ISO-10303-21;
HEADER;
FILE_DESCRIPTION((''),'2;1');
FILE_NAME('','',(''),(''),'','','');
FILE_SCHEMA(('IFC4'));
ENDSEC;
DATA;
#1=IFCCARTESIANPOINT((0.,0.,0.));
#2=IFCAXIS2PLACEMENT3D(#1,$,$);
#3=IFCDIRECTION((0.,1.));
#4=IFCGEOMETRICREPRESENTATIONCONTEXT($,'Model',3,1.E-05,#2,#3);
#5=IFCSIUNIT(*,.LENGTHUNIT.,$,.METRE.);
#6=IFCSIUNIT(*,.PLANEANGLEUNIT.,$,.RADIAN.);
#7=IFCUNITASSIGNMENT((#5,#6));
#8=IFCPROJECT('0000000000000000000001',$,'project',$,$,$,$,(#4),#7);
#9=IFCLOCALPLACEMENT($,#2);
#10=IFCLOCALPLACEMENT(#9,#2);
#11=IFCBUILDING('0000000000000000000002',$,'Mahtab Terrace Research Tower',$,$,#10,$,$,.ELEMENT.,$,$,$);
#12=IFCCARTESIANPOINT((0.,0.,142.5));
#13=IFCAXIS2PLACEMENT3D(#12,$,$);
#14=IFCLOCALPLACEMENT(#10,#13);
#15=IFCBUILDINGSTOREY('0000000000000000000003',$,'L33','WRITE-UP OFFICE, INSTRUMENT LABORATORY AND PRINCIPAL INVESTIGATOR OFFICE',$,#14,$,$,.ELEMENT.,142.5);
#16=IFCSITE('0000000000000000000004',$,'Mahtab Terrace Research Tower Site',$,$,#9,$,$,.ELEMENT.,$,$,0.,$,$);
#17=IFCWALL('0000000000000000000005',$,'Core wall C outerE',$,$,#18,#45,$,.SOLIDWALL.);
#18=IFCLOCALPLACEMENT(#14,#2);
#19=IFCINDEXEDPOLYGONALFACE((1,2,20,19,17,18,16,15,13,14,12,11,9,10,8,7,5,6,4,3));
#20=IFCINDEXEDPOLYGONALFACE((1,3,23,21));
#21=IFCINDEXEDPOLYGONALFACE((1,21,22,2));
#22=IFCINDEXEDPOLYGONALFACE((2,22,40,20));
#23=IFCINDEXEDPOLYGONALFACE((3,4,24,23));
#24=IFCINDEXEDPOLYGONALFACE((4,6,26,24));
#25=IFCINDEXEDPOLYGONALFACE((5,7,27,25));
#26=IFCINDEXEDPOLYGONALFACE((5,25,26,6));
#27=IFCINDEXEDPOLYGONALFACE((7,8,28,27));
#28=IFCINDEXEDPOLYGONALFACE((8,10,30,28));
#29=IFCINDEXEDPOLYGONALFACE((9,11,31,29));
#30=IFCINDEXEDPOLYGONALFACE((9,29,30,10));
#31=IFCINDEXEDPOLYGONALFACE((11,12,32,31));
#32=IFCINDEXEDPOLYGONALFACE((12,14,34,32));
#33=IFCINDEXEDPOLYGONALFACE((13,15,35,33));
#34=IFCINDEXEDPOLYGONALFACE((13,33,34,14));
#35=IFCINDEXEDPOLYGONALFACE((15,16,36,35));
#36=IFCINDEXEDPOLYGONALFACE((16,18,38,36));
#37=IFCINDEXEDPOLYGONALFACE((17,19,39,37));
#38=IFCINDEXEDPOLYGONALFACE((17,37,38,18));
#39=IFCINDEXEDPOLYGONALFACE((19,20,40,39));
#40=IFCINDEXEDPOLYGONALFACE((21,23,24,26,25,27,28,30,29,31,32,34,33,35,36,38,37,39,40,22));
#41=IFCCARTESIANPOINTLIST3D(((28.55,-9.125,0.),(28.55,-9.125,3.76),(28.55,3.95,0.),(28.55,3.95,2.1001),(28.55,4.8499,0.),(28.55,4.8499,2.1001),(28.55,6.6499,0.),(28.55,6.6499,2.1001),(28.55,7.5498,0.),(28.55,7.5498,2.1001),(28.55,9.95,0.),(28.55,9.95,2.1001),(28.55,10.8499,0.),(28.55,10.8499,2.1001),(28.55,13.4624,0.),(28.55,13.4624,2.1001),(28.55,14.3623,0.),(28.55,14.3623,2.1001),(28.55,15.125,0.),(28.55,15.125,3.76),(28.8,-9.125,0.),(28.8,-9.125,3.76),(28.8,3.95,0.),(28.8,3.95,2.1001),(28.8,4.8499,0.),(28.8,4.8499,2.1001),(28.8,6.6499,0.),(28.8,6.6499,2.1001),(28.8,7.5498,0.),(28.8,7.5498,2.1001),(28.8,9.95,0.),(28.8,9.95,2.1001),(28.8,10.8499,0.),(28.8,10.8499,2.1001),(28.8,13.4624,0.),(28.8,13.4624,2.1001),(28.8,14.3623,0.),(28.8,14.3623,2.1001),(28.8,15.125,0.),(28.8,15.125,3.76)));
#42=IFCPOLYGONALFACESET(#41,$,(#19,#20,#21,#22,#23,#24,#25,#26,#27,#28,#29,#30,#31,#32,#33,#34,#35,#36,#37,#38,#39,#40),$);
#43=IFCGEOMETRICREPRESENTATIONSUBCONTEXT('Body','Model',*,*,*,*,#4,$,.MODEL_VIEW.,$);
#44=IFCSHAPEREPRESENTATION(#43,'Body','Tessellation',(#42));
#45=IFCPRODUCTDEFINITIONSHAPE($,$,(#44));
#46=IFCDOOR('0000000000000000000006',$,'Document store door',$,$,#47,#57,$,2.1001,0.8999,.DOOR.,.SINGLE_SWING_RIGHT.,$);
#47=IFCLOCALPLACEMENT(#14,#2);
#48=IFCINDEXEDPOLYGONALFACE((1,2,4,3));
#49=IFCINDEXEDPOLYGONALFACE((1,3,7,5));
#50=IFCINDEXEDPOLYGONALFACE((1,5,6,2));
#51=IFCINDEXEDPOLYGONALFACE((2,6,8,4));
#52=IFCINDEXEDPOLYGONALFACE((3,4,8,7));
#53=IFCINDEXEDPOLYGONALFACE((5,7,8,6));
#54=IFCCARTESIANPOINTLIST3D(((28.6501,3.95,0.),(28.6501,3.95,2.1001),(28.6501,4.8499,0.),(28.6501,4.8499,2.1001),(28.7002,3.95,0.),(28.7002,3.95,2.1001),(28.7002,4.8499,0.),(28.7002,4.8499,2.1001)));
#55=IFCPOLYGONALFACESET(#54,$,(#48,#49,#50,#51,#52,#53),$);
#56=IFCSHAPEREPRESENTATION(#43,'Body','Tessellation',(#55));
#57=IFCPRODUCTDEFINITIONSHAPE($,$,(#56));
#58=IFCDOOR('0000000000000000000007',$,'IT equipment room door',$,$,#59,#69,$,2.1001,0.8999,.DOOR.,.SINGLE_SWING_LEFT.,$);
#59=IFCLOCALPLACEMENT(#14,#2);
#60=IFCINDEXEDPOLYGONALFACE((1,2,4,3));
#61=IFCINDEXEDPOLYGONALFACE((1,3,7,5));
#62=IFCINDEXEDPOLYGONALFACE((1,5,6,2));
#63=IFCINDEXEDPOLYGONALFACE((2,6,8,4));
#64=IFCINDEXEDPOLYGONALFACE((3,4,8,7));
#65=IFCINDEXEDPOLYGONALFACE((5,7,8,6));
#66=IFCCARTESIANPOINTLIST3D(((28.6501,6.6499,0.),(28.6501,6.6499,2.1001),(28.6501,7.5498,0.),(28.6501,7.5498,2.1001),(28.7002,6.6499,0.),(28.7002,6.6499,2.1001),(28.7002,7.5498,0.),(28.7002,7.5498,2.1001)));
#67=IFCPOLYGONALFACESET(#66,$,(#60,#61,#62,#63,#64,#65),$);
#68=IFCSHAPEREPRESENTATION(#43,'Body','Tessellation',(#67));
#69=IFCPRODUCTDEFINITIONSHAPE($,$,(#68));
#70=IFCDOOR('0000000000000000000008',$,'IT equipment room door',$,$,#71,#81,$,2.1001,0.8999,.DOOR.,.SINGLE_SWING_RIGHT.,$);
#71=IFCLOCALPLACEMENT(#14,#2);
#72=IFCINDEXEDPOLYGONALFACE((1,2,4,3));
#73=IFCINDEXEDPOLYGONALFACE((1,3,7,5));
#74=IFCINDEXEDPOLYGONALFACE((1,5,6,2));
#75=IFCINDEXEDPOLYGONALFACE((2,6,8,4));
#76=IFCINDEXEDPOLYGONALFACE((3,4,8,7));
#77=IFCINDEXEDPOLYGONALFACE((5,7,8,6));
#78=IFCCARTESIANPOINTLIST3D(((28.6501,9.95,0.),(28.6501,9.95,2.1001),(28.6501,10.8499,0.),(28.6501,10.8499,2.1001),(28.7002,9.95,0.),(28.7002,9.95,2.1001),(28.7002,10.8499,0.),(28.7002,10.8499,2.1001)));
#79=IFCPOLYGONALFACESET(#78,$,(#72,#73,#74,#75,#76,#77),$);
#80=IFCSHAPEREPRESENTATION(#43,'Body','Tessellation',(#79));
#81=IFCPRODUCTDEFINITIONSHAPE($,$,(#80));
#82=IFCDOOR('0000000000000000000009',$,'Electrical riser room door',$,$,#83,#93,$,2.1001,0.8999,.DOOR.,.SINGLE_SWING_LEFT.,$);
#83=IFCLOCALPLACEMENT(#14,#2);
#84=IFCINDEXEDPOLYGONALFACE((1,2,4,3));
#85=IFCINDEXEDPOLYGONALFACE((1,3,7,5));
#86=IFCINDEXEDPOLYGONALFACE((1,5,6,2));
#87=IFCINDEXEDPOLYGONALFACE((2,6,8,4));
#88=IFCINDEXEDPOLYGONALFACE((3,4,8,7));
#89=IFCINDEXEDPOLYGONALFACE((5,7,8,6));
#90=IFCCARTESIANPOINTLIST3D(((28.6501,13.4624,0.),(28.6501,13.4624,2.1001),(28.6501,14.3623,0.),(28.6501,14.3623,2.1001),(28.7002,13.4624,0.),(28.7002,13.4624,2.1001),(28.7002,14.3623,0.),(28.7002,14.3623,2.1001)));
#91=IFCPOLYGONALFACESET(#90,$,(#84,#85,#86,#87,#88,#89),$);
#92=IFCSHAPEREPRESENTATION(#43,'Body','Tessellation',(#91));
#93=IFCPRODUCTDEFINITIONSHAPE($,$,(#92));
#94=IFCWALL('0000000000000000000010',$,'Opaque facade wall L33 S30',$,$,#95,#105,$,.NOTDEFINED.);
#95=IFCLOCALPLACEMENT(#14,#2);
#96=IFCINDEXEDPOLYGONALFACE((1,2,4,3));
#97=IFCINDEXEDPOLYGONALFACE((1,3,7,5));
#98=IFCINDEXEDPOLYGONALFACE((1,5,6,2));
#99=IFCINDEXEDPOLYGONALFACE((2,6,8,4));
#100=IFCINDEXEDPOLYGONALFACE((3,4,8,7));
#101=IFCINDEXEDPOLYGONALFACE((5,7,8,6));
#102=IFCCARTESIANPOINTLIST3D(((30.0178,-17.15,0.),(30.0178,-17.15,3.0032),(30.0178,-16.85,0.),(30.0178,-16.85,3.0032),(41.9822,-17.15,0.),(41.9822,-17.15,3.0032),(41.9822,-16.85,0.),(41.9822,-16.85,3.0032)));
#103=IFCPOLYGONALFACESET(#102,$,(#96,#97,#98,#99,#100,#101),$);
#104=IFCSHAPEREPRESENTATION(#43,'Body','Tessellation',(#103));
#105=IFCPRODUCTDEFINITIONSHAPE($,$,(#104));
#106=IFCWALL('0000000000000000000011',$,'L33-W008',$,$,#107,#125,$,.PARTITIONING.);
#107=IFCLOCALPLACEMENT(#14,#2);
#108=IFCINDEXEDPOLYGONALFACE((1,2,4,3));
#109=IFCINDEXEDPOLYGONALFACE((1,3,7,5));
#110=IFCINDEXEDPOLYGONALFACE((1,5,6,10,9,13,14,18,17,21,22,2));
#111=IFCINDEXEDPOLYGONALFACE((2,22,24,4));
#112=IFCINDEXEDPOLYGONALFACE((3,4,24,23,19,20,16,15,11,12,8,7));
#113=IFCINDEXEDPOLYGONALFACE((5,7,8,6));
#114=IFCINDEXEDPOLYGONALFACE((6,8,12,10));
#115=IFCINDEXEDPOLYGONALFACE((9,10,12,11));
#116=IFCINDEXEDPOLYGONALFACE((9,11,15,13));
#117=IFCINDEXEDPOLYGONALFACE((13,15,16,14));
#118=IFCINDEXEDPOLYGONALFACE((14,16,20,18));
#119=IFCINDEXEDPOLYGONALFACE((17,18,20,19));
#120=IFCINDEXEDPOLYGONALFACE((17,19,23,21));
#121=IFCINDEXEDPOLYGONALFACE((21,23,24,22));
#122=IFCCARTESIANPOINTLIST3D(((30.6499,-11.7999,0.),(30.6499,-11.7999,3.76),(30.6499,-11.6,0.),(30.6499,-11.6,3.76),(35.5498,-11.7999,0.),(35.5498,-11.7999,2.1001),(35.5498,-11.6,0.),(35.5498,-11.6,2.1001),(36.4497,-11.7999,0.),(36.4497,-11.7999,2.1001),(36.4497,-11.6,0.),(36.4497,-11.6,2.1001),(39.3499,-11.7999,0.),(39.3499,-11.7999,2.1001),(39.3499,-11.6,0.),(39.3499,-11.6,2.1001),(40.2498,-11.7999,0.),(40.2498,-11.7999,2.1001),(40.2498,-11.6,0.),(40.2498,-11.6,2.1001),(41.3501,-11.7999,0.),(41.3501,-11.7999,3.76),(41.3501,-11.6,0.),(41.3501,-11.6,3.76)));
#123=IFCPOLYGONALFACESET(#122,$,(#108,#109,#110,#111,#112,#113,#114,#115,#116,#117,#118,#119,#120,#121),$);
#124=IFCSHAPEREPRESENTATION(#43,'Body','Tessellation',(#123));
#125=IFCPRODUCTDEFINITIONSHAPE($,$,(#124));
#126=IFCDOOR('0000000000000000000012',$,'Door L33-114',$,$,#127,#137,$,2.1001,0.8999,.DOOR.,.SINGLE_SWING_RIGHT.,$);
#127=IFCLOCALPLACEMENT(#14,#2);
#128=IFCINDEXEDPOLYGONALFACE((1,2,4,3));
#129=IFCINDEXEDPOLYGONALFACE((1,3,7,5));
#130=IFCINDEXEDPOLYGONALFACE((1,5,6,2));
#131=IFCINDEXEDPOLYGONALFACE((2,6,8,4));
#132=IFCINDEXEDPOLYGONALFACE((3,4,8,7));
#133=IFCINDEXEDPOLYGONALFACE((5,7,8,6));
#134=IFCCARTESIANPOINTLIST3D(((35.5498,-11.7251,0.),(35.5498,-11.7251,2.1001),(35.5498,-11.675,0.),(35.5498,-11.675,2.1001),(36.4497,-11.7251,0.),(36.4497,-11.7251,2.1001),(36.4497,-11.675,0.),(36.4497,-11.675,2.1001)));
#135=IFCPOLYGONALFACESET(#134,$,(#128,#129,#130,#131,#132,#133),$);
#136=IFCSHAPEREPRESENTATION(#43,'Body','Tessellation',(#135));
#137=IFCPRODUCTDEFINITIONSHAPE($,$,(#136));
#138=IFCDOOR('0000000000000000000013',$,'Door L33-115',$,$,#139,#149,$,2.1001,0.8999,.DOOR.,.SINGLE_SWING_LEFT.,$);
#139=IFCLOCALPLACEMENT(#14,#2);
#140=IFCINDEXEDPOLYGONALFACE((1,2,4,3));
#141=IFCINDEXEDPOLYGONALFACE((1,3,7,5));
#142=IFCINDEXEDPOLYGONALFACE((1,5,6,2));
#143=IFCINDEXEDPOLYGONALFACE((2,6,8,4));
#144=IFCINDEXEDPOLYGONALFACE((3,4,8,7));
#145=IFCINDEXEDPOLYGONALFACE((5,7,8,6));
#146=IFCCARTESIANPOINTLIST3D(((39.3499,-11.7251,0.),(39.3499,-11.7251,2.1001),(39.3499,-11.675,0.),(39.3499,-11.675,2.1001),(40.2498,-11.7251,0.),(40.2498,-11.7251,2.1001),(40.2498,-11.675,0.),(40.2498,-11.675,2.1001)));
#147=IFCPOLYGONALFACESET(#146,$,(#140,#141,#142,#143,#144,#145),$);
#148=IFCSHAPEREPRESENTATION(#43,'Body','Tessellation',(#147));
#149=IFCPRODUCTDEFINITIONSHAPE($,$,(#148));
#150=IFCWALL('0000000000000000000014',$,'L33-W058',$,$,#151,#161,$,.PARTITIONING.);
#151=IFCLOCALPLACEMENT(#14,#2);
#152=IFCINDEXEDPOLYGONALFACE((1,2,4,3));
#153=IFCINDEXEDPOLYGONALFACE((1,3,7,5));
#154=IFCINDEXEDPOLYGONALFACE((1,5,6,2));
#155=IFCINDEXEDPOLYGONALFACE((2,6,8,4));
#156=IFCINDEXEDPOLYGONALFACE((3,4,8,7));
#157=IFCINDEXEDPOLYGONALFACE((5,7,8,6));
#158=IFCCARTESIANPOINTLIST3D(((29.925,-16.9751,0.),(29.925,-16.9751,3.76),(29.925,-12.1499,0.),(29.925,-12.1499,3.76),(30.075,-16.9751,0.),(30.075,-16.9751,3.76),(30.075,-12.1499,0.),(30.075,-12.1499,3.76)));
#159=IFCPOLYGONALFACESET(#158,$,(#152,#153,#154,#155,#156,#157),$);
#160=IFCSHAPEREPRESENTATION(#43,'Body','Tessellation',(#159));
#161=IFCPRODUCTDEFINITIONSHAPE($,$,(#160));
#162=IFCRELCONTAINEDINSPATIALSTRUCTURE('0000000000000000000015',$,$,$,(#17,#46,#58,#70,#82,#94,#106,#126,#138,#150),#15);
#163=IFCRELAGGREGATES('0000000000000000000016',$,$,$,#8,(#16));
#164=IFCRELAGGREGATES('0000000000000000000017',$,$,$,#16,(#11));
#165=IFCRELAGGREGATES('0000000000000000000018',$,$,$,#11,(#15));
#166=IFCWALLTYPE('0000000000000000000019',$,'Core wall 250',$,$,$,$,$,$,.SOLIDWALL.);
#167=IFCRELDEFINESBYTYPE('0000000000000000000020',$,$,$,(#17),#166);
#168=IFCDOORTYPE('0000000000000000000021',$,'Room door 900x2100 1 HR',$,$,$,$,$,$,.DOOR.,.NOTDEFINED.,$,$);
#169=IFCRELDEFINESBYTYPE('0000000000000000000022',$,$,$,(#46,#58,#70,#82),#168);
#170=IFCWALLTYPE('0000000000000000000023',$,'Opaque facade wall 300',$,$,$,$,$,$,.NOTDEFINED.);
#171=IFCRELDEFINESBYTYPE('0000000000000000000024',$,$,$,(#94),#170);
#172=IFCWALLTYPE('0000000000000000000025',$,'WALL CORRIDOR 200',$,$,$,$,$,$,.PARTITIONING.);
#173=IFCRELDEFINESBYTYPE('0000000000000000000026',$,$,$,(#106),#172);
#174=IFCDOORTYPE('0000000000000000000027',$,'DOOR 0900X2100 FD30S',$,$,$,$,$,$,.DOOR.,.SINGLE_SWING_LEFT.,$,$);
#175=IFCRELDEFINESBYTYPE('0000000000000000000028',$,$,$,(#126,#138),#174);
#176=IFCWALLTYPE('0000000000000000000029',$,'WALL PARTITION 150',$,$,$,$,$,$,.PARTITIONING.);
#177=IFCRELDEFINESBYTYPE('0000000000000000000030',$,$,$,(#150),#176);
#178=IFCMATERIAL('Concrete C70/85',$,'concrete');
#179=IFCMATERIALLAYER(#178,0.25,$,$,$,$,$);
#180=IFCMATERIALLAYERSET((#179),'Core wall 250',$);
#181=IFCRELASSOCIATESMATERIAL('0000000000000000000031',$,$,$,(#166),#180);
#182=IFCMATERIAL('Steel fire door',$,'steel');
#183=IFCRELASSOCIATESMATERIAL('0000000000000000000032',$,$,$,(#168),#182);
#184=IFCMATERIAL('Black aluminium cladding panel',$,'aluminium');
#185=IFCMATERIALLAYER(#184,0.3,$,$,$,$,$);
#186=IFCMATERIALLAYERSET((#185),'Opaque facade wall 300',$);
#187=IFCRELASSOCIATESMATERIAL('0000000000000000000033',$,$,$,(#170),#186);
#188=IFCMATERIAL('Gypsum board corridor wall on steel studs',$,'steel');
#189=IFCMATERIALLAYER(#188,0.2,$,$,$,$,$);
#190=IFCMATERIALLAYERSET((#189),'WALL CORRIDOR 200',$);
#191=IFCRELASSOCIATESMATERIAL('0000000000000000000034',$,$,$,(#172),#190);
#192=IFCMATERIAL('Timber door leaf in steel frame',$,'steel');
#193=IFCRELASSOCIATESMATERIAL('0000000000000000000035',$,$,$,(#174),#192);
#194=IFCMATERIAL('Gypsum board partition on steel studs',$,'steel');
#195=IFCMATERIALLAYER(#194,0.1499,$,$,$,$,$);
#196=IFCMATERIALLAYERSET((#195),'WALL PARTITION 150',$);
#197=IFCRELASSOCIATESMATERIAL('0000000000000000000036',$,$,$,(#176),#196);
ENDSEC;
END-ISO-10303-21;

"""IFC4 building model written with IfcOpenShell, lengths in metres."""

from ifc_helpers import new_model, si_unit, direction, frame, frame_2d, origin, place, context, subcontext, project, spatial, rectangle, extrude, material, layer, layer_set, type_object, element, fill, save


model = new_model("IFC4")

# Units and contexts
model_context = context("Model", 3, precision=1e-05, world=origin(), true_north=direction((0.0, 1.0)))
body_context = subcontext(model_context, "Body", "Model", "MODEL_VIEW")
ifc_project = project(units=[si_unit("LENGTHUNIT", "METRE"), si_unit("PLANEANGLEUNIT", "RADIAN")], contexts=[model_context])

# Site, building, storey
site_placement = place(None, origin())
site = spatial("IfcSite", under=ifc_project, at=site_placement, Name="Mahtab Terrace Research Tower Site", CompositionType="ELEMENT", RefElevation=0.0)
building_placement = place(site_placement, origin())
building = spatial("IfcBuilding", under=site, at=building_placement, Name="Mahtab Terrace Research Tower", CompositionType="ELEMENT")
storey_placement = place(building_placement, frame((0.0, 0.0, 142.5)))
storey = spatial("IfcBuildingStorey", under=building, at=storey_placement, Name="L33", Description="WRITE-UP OFFICE, INSTRUMENT LABORATORY AND PRINCIPAL INVESTIGATOR OFFICE", CompositionType="ELEMENT", Elevation=142.5)

# Shared definitions
ifc_material_1 = material(Name="Concrete C70/85", Category="concrete")

# Wall, openings, doors
ifc_layer_1 = layer(ifc_material_1, 0.25)
ifc_layer_set_1 = layer_set([ifc_layer_1], Name="Core wall 250")
wall_type_1 = type_object("IfcWallType", Name="Core wall 250", PredefinedType="SOLIDWALL", material=ifc_layer_set_1)
wall_1_placement = place(storey_placement, frame((28.675, -9.125, 0.0), z_axis=(0.0, 0.0, 1.0), x_axis=(0.0, 1.0, 0.0)))
wall_1 = element("IfcWall", 1, at=wall_1_placement, inside=storey, type_object=wall_type_1, Name="Core wall C outerE", PredefinedType="SOLIDWALL", context=body_context, shape_type="SweptSolid", body=[
    extrude(rectangle(XDim=24.25, YDim=0.25, at=frame_2d((12.125, 0.0))), origin(), (0.0, 0.0, 1.0), 3.76),
])
opening_1_placement = place(wall_1_placement, frame((13.075, 0.0, 0.0)))
opening_1 = element("IfcOpeningElement", 2, at=opening_1_placement, cuts=wall_1, PredefinedType="OPENING", context=body_context, shape_type="SweptSolid", body=[
    extrude(rectangle(XDim=0.8999, YDim=2.1001, at=frame_2d((0.45, 1.05))), frame((0.0, 0.135, 0.0), z_axis=(0.0, -1.0, 0.0), x_axis=(1.0, 0.0, 0.0)), (0.0, 0.0, 1.0), 0.27),
])
opening_2_placement = place(wall_1_placement, frame((15.7749, 0.0, 0.0)))
opening_2 = element("IfcOpeningElement", 3, at=opening_2_placement, cuts=wall_1, PredefinedType="OPENING", context=body_context, shape_type="SweptSolid", body=[
    extrude(rectangle(XDim=0.8999, YDim=2.1001, at=frame_2d((0.45, 1.05))), frame((0.0, 0.135, 0.0), z_axis=(0.0, -1.0, 0.0), x_axis=(1.0, 0.0, 0.0)), (0.0, 0.0, 1.0), 0.27),
])
opening_3_placement = place(wall_1_placement, frame((19.075, 0.0, 0.0)))
opening_3 = element("IfcOpeningElement", 4, at=opening_3_placement, cuts=wall_1, PredefinedType="OPENING", context=body_context, shape_type="SweptSolid", body=[
    extrude(rectangle(XDim=0.8999, YDim=2.1001, at=frame_2d((0.45, 1.05))), frame((0.0, 0.135, 0.0), z_axis=(0.0, -1.0, 0.0), x_axis=(1.0, 0.0, 0.0)), (0.0, 0.0, 1.0), 0.27),
])
opening_4_placement = place(wall_1_placement, frame((22.5874, 0.0, 0.0)))
opening_4 = element("IfcOpeningElement", 5, at=opening_4_placement, cuts=wall_1, PredefinedType="OPENING", context=body_context, shape_type="SweptSolid", body=[
    extrude(rectangle(XDim=0.8999, YDim=2.1001, at=frame_2d((0.45, 1.05))), frame((0.0, 0.135, 0.0), z_axis=(0.0, -1.0, 0.0), x_axis=(1.0, 0.0, 0.0)), (0.0, 0.0, 1.0), 0.27),
])
ifc_material_2 = material(Name="Steel fire door", Category="steel")
door_type_1 = type_object("IfcDoorType", Name="Room door 900x2100 1 HR", OperationType="NOTDEFINED", PredefinedType="DOOR", material=ifc_material_2)
door_1_placement = place(opening_1_placement, origin())
door_1 = element("IfcDoor", 6, at=door_1_placement, inside=storey, type_object=door_type_1, Name="Document store door", OperationType="SINGLE_SWING_RIGHT", OverallHeight=2.1001, OverallWidth=0.8999, PredefinedType="DOOR", context=body_context, shape_type="SweptSolid", body=[
    extrude(rectangle(XDim=0.8999, YDim=2.1001, at=frame_2d((0.45, 1.05))), frame((0.0, 0.0249, 0.0), z_axis=(0.0, -1.0, 0.0), x_axis=(1.0, 0.0, 0.0)), (0.0, 0.0, 1.0), 0.05),
])
fill(opening_1, door_1)
door_2_placement = place(opening_2_placement, origin())
door_2 = element("IfcDoor", 7, at=door_2_placement, inside=storey, type_object=door_type_1, Name="IT equipment room door", OperationType="SINGLE_SWING_LEFT", OverallHeight=2.1001, OverallWidth=0.8999, PredefinedType="DOOR", context=body_context, shape_type="SweptSolid", body=[
    extrude(rectangle(XDim=0.8999, YDim=2.1001, at=frame_2d((0.45, 1.05))), frame((0.0, 0.0249, 0.0), z_axis=(0.0, -1.0, 0.0), x_axis=(1.0, 0.0, 0.0)), (0.0, 0.0, 1.0), 0.05),
])
fill(opening_2, door_2)
door_3_placement = place(opening_3_placement, origin())
door_3 = element("IfcDoor", 8, at=door_3_placement, inside=storey, type_object=door_type_1, Name="IT equipment room door", OperationType="SINGLE_SWING_RIGHT", OverallHeight=2.1001, OverallWidth=0.8999, PredefinedType="DOOR", context=body_context, shape_type="SweptSolid", body=[
    extrude(rectangle(XDim=0.8999, YDim=2.1001, at=frame_2d((0.45, 1.05))), frame((0.0, 0.0249, 0.0), z_axis=(0.0, -1.0, 0.0), x_axis=(1.0, 0.0, 0.0)), (0.0, 0.0, 1.0), 0.05),
])
fill(opening_3, door_3)
door_4_placement = place(opening_4_placement, origin())
door_4 = element("IfcDoor", 9, at=door_4_placement, inside=storey, type_object=door_type_1, Name="Electrical riser room door", OperationType="SINGLE_SWING_LEFT", OverallHeight=2.1001, OverallWidth=0.8999, PredefinedType="DOOR", context=body_context, shape_type="SweptSolid", body=[
    extrude(rectangle(XDim=0.8999, YDim=2.1001, at=frame_2d((0.45, 1.05))), frame((0.0, 0.0249, 0.0), z_axis=(0.0, -1.0, 0.0), x_axis=(1.0, 0.0, 0.0)), (0.0, 0.0, 1.0), 0.05),
])
fill(opening_4, door_4)

# Wall
ifc_material_3 = material(Name="Black aluminium cladding panel", Category="aluminium")
ifc_layer_2 = layer(ifc_material_3, 0.3)
ifc_layer_set_2 = layer_set([ifc_layer_2], Name="Opaque facade wall 300")
wall_type_2 = type_object("IfcWallType", Name="Opaque facade wall 300", PredefinedType="NOTDEFINED", material=ifc_layer_set_2)
wall_2_placement = place(storey_placement, frame((30.0178, -17.0, 0.0), z_axis=(0.0, 0.0, 1.0), x_axis=(1.0, 0.0, 0.0)))
element("IfcWall", 10, at=wall_2_placement, inside=storey, type_object=wall_type_2, Name="Opaque facade wall L33 S30", PredefinedType="NOTDEFINED", context=body_context, shape_type="SweptSolid", body=[
    extrude(rectangle(XDim=11.9644, YDim=0.3, at=frame_2d((5.9822, 0.0))), origin(), (0.0, 0.0, 1.0), 3.0032),
])

# Wall, openings, doors
ifc_material_4 = material(Name="Gypsum board corridor wall on steel studs", Category="steel")
ifc_layer_3 = layer(ifc_material_4, 0.2)
ifc_layer_set_3 = layer_set([ifc_layer_3], Name="WALL CORRIDOR 200")
wall_type_3 = type_object("IfcWallType", Name="WALL CORRIDOR 200", PredefinedType="PARTITIONING", material=ifc_layer_set_3)
wall_3_placement = place(storey_placement, frame((30.6499, -11.7, 0.0), z_axis=(0.0, 0.0, 1.0), x_axis=(1.0, 0.0, 0.0)))
wall_3 = element("IfcWall", 11, at=wall_3_placement, inside=storey, type_object=wall_type_3, Name="L33-W008", PredefinedType="PARTITIONING", context=body_context, shape_type="SweptSolid", body=[
    extrude(rectangle(XDim=10.7002, YDim=0.2, at=frame_2d((5.3501, 0.0))), origin(), (0.0, 0.0, 1.0), 3.76),
])
opening_5_placement = place(wall_3_placement, frame((4.8999, 0.0, 0.0)))
opening_5 = element("IfcOpeningElement", 12, at=opening_5_placement, cuts=wall_3, PredefinedType="OPENING", context=body_context, shape_type="SweptSolid", body=[
    extrude(rectangle(XDim=0.8999, YDim=2.1001, at=frame_2d((0.45, 1.05))), frame((0.0, 0.1099, 0.0), z_axis=(0.0, -1.0, 0.0), x_axis=(1.0, 0.0, 0.0)), (0.0, 0.0, 1.0), 0.22),
])
opening_6_placement = place(wall_3_placement, frame((8.7, 0.0, 0.0)))
opening_6 = element("IfcOpeningElement", 13, at=opening_6_placement, cuts=wall_3, PredefinedType="OPENING", context=body_context, shape_type="SweptSolid", body=[
    extrude(rectangle(XDim=0.8999, YDim=2.1001, at=frame_2d((0.45, 1.05))), frame((0.0, 0.1099, 0.0), z_axis=(0.0, -1.0, 0.0), x_axis=(1.0, 0.0, 0.0)), (0.0, 0.0, 1.0), 0.22),
])
ifc_material_5 = material(Name="Timber door leaf in steel frame", Category="steel")
door_type_2 = type_object("IfcDoorType", Name="DOOR 0900X2100 FD30S", OperationType="SINGLE_SWING_LEFT", PredefinedType="DOOR", material=ifc_material_5)
door_5_placement = place(opening_5_placement, origin())
door_5 = element("IfcDoor", 14, at=door_5_placement, inside=storey, type_object=door_type_2, Name="Door L33-114", OperationType="SINGLE_SWING_RIGHT", OverallHeight=2.1001, OverallWidth=0.8999, PredefinedType="DOOR", context=body_context, shape_type="SweptSolid", body=[
    extrude(rectangle(XDim=0.8999, YDim=2.1001, at=frame_2d((0.45, 1.05))), frame((0.0, 0.0249, 0.0), z_axis=(0.0, -1.0, 0.0), x_axis=(1.0, 0.0, 0.0)), (0.0, 0.0, 1.0), 0.05),
])
fill(opening_5, door_5)
door_6_placement = place(opening_6_placement, origin())
door_6 = element("IfcDoor", 15, at=door_6_placement, inside=storey, type_object=door_type_2, Name="Door L33-115", OperationType="SINGLE_SWING_LEFT", OverallHeight=2.1001, OverallWidth=0.8999, PredefinedType="DOOR", context=body_context, shape_type="SweptSolid", body=[
    extrude(rectangle(XDim=0.8999, YDim=2.1001, at=frame_2d((0.45, 1.05))), frame((0.0, 0.0249, 0.0), z_axis=(0.0, -1.0, 0.0), x_axis=(1.0, 0.0, 0.0)), (0.0, 0.0, 1.0), 0.05),
])
fill(opening_6, door_6)

# Wall
ifc_material_6 = material(Name="Gypsum board partition on steel studs", Category="steel")
ifc_layer_4 = layer(ifc_material_6, 0.1499)
ifc_layer_set_4 = layer_set([ifc_layer_4], Name="WALL PARTITION 150")
wall_type_4 = type_object("IfcWallType", Name="WALL PARTITION 150", PredefinedType="PARTITIONING", material=ifc_layer_set_4)
wall_4_placement = place(storey_placement, frame((30.0, -16.9751, 0.0), z_axis=(0.0, 0.0, 1.0), x_axis=(0.0, 1.0, 0.0)))
element("IfcWall", 16, at=wall_4_placement, inside=storey, type_object=wall_type_4, Name="L33-W058", PredefinedType="PARTITIONING", context=body_context, shape_type="SweptSolid", body=[
    extrude(rectangle(XDim=4.8252, YDim=0.1499, at=frame_2d((2.4126, 0.0))), origin(), (0.0, 0.0, 1.0), 3.76),
])

save(model, "model.ifc")
